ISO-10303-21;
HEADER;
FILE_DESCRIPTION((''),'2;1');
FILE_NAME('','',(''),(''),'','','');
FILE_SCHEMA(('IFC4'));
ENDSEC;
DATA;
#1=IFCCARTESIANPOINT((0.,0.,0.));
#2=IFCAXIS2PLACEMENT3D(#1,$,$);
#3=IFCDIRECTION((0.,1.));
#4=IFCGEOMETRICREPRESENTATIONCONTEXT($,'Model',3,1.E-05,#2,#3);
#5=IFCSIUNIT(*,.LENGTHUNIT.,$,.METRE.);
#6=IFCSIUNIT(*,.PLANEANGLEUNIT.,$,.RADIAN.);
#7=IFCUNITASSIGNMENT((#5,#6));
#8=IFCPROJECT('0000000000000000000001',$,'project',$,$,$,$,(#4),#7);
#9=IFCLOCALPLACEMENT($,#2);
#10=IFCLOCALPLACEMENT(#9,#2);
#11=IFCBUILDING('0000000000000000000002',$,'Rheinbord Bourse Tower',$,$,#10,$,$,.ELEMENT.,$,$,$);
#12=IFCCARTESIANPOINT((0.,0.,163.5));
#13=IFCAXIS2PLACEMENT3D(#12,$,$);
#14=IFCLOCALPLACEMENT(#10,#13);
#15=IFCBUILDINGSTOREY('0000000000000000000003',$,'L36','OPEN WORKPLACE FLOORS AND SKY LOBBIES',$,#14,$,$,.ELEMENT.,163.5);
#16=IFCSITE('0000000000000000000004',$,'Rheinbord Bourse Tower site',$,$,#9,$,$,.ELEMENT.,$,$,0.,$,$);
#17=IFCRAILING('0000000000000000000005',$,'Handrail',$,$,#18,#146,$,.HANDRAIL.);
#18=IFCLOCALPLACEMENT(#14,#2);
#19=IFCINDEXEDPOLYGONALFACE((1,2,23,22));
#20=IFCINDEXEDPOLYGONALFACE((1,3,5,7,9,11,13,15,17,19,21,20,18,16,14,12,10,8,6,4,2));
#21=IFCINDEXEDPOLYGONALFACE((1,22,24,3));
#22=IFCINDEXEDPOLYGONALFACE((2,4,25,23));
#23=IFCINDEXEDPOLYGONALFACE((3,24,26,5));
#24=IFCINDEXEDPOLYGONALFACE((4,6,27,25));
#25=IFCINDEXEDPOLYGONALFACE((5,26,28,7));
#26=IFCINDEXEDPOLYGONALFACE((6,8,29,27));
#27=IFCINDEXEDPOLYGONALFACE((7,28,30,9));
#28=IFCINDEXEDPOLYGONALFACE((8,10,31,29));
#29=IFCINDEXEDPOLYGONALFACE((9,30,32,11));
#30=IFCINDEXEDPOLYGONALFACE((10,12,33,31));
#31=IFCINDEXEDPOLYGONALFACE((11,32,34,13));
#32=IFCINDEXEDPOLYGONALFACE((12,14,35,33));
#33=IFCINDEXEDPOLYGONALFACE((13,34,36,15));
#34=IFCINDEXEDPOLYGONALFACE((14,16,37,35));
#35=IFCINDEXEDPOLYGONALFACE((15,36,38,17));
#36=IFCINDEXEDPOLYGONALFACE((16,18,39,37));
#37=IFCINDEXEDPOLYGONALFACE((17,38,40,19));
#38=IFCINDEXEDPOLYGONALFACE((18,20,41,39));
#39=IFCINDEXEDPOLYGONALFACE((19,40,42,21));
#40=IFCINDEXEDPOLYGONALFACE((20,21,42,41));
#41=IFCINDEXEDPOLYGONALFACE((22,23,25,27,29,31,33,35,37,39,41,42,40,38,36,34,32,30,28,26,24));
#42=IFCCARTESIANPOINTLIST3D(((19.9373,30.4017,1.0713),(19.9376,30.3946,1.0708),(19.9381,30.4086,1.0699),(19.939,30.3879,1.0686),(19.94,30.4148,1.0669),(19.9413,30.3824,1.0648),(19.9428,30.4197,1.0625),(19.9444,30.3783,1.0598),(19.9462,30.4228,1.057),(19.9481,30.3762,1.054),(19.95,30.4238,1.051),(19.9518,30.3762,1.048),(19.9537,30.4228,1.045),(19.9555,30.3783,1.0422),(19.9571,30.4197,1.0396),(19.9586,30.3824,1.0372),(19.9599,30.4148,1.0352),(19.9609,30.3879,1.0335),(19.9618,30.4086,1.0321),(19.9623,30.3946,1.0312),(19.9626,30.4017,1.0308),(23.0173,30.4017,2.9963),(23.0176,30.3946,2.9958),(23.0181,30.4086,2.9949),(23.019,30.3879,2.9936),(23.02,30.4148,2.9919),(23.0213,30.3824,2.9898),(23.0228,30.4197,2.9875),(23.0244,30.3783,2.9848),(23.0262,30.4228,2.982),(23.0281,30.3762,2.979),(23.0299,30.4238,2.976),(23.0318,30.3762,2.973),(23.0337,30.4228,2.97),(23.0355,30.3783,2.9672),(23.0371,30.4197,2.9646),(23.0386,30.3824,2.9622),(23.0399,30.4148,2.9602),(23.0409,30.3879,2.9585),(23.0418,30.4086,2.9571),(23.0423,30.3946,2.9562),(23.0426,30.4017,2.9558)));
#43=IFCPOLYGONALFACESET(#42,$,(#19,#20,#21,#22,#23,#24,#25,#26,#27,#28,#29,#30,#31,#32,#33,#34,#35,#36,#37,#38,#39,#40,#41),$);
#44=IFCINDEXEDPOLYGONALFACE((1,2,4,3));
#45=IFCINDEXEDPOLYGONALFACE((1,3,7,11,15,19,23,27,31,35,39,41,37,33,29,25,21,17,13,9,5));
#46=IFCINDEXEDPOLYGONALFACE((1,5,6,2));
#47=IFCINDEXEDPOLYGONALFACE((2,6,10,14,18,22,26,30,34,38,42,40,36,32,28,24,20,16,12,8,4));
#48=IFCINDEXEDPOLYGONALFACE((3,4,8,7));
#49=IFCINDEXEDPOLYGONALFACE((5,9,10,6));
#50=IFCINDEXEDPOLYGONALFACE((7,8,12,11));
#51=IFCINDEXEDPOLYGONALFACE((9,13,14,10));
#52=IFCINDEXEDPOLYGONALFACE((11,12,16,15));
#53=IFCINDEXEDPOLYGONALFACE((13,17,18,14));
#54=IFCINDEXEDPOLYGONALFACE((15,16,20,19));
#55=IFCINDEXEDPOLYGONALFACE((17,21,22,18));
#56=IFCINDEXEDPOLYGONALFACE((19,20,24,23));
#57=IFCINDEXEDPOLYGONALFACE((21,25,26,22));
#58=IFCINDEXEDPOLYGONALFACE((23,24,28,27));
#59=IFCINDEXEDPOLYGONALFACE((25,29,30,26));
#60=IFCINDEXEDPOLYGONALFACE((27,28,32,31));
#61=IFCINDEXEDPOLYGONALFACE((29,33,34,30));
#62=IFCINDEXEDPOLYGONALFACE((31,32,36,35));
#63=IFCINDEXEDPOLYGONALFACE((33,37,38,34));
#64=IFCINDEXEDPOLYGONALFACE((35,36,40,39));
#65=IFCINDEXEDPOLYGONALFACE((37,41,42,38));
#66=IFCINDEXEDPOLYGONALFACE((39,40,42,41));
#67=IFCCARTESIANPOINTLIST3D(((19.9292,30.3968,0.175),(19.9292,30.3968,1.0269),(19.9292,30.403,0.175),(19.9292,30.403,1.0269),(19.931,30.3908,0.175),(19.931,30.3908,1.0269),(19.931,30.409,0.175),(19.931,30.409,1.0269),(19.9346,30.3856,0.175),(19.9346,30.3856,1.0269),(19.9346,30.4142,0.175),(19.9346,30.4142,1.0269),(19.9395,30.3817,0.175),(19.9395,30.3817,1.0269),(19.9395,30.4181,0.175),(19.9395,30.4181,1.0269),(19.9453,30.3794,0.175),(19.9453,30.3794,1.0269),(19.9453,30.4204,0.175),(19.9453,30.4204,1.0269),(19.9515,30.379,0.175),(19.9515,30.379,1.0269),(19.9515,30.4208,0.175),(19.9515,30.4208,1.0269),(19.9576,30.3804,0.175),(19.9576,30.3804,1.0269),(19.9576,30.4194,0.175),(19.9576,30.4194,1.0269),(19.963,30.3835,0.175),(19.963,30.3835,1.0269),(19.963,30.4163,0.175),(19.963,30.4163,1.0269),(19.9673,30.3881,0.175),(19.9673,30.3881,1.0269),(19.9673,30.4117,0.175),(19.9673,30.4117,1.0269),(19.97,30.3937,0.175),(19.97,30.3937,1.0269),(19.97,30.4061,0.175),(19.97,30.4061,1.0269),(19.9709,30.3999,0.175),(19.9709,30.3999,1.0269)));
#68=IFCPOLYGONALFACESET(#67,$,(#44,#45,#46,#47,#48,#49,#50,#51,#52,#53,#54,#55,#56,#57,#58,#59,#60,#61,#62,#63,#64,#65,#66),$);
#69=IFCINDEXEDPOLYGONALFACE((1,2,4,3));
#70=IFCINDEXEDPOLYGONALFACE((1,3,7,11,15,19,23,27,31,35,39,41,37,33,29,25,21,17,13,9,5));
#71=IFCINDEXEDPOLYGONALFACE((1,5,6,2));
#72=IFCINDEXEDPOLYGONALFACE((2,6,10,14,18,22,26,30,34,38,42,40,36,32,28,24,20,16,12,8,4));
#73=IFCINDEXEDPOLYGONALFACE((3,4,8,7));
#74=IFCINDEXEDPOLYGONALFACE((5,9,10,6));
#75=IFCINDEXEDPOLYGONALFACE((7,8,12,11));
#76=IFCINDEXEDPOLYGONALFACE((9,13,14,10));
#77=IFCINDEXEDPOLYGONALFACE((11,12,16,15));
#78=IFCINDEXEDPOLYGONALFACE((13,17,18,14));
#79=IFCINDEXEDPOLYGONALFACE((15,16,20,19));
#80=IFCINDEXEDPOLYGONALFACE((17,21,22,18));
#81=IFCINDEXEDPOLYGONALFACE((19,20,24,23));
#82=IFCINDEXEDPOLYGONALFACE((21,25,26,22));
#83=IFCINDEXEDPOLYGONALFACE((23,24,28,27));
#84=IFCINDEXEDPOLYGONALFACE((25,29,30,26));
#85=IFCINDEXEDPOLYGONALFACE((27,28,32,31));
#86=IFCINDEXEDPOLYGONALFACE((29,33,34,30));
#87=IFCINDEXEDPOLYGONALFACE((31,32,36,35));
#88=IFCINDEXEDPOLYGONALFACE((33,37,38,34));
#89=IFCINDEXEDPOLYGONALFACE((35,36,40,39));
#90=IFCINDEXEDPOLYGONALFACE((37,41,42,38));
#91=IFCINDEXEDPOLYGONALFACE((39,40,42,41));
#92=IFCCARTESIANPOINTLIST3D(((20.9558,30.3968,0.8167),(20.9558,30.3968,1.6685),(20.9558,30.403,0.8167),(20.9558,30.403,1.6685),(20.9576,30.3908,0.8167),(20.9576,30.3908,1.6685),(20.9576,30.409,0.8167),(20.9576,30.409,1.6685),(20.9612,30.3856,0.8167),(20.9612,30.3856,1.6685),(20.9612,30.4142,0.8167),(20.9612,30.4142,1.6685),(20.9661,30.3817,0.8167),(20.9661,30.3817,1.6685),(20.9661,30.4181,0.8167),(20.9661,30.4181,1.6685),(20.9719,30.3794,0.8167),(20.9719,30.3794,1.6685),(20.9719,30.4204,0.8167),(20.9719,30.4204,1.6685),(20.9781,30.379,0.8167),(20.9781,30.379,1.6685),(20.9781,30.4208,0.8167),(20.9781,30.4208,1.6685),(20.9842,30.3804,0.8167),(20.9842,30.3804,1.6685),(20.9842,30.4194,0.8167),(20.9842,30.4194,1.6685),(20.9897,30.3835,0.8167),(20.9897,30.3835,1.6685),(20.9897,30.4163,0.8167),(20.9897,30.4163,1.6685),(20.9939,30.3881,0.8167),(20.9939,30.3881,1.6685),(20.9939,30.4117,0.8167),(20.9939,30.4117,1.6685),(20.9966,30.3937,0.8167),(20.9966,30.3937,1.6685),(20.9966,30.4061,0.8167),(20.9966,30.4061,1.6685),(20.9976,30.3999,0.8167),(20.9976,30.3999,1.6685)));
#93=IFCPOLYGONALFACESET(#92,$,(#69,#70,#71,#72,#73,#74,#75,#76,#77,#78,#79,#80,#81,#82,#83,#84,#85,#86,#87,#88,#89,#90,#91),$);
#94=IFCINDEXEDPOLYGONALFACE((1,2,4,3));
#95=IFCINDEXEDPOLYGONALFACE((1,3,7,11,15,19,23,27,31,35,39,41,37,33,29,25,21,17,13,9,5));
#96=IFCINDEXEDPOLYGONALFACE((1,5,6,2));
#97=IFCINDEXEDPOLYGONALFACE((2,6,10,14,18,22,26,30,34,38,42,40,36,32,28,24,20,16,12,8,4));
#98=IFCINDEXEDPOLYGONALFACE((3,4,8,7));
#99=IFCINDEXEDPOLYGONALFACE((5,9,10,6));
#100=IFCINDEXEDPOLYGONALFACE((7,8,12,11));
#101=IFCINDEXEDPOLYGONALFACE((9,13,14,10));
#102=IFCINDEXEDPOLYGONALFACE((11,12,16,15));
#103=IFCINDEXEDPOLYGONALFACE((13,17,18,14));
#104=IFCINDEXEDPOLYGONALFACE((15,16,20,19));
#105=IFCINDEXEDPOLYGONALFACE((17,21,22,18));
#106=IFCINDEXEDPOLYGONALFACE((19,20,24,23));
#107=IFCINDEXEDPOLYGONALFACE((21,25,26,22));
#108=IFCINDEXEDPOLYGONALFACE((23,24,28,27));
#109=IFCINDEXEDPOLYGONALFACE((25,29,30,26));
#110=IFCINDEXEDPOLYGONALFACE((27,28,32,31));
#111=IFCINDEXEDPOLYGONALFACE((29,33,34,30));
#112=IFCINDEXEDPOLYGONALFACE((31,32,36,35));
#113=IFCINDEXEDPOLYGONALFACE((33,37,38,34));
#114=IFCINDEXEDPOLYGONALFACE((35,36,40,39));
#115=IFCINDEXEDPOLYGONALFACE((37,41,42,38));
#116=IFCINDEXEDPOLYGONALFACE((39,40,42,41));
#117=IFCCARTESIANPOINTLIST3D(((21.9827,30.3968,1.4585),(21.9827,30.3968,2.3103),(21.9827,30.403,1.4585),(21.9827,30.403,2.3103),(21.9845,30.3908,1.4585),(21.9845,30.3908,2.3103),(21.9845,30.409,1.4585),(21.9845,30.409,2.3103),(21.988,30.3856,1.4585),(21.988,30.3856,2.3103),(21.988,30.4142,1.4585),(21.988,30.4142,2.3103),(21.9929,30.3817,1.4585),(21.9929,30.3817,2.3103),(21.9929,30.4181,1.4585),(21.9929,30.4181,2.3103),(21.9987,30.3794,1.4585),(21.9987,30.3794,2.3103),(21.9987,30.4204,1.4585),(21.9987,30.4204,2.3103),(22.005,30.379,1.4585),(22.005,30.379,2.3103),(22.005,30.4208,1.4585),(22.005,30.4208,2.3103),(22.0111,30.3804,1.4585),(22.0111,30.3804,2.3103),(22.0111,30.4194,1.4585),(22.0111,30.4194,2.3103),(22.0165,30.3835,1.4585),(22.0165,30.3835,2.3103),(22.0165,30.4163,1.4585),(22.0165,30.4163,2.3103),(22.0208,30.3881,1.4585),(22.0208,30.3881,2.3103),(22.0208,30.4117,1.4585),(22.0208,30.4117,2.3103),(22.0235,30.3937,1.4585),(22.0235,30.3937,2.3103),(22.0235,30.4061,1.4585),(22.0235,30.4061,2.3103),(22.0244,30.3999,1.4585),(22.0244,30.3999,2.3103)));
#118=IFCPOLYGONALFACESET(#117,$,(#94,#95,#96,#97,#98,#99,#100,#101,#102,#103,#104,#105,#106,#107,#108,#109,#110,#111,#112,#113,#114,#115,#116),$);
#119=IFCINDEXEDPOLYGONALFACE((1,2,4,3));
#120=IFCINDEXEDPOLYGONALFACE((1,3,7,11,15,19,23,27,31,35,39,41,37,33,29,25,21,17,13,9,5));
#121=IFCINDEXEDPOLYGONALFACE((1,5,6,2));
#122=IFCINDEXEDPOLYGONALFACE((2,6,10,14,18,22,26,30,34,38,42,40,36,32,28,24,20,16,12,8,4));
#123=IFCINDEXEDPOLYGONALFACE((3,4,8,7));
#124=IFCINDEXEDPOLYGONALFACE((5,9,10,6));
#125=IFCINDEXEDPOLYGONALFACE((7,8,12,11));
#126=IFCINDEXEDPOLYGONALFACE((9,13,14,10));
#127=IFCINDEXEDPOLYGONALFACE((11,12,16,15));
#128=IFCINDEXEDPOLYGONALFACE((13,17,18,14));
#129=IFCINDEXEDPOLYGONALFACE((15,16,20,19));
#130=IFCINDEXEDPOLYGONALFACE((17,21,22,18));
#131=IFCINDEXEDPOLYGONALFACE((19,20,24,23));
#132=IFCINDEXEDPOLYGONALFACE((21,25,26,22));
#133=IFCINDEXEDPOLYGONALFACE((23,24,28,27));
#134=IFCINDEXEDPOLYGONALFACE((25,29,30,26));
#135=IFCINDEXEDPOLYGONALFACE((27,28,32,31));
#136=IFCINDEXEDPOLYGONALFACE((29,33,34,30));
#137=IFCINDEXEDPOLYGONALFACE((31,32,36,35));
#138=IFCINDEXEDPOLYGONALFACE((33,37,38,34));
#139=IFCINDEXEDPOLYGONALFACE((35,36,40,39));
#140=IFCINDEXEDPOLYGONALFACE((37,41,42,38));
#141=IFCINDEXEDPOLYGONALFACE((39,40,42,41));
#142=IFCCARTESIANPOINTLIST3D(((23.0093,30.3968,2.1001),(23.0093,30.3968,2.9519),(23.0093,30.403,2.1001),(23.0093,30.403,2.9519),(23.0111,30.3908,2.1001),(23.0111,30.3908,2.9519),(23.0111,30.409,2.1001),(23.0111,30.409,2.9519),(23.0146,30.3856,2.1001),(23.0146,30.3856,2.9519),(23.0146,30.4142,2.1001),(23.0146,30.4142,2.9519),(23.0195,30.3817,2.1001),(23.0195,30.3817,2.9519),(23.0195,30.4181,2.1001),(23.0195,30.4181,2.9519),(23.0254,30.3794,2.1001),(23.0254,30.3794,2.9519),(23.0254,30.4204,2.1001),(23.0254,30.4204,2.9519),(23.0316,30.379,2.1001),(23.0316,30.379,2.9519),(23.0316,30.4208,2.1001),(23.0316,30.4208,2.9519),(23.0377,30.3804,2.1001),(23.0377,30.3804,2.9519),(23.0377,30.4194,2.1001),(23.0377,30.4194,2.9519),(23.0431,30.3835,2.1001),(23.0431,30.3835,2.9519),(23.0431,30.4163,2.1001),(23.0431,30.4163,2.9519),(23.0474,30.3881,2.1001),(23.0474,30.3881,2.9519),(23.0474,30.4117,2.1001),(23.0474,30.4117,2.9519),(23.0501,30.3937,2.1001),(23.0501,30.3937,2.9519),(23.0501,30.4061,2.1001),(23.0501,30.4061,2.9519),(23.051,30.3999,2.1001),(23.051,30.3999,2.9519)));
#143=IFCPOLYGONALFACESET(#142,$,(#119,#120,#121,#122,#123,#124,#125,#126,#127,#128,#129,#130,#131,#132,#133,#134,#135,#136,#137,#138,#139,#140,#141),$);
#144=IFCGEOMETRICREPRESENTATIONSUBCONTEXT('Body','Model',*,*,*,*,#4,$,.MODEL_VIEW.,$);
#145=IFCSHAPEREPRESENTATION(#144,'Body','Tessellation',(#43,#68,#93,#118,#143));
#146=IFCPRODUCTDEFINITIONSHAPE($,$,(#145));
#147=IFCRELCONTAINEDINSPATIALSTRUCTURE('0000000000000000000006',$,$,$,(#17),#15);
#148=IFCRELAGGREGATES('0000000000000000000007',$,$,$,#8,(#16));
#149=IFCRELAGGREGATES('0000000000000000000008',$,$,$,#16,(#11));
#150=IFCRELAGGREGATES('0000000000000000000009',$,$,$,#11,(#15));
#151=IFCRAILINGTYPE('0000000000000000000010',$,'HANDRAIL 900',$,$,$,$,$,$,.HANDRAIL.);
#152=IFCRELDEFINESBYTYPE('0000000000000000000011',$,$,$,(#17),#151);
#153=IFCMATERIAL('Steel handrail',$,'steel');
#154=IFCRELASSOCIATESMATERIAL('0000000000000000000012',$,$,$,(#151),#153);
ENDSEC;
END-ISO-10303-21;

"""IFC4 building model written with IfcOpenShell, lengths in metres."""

from ifc_helpers import new_model, si_unit, direction, frame, origin, origin_2d, place, context, subcontext, project, spatial, circle, extrude, material, type_object, element, save


model = new_model("IFC4")

# Units and contexts
model_context = context("Model", 3, precision=1e-05, world=origin(), true_north=direction((0.0, 1.0)))
body_context = subcontext(model_context, "Body", "Model", "MODEL_VIEW")
ifc_project = project(units=[si_unit("LENGTHUNIT", "METRE"), si_unit("PLANEANGLEUNIT", "RADIAN")], contexts=[model_context])

# Site, building, storey
site_placement = place(None, origin())
site = spatial("IfcSite", under=ifc_project, at=site_placement, Name="Rheinbord Bourse Tower site", CompositionType="ELEMENT", RefElevation=0.0)
building_placement = place(site_placement, origin())
building = spatial("IfcBuilding", under=site, at=building_placement, Name="Rheinbord Bourse Tower", CompositionType="ELEMENT")
storey_placement = place(building_placement, frame((0.0, 0.0, 163.5)))
storey = spatial("IfcBuildingStorey", under=building, at=storey_placement, Name="L36", Description="OPEN WORKPLACE FLOORS AND SKY LOBBIES", CompositionType="ELEMENT", Elevation=163.5)

# Railing
ifc_material_1 = material(Name="Steel handrail", Category="steel")
railing_type = type_object("IfcRailingType", Name="HANDRAIL 900", PredefinedType="HANDRAIL", material=ifc_material_1)
railing_1_placement = place(storey_placement, frame((19.95, 30.3999, 0.175)))
element("IfcRailing", 1, at=railing_1_placement, inside=storey, type_object=railing_type, Name="Handrail", PredefinedType="HANDRAIL", context=body_context, shape_type="SweptSolid", body=[
    extrude(circle(Radius=0.0239, at=origin_2d()), frame((0.0, 0.0, 0.876), z_axis=(0.847998, 0.0, 0.529999), x_axis=(0.0, 1.0, 0.0)), (0.0, 0.0, 1.0), 3.6321),
    extrude(circle(Radius=0.021, at=origin_2d()), origin(), (0.0, 0.0, 1.0), 0.8518),
    extrude(circle(Radius=0.021, at=origin_2d()), frame((1.0266, 0.0, 0.6416)), (0.0, 0.0, 1.0), 0.8518),
    extrude(circle(Radius=0.021, at=origin_2d()), frame((2.0535, 0.0, 1.2834)), (0.0, 0.0, 1.0), 0.8518),
    extrude(circle(Radius=0.021, at=origin_2d()), frame((3.0801, 0.0, 1.925)), (0.0, 0.0, 1.0), 0.8518),
])

save(model, "model.ifc")
